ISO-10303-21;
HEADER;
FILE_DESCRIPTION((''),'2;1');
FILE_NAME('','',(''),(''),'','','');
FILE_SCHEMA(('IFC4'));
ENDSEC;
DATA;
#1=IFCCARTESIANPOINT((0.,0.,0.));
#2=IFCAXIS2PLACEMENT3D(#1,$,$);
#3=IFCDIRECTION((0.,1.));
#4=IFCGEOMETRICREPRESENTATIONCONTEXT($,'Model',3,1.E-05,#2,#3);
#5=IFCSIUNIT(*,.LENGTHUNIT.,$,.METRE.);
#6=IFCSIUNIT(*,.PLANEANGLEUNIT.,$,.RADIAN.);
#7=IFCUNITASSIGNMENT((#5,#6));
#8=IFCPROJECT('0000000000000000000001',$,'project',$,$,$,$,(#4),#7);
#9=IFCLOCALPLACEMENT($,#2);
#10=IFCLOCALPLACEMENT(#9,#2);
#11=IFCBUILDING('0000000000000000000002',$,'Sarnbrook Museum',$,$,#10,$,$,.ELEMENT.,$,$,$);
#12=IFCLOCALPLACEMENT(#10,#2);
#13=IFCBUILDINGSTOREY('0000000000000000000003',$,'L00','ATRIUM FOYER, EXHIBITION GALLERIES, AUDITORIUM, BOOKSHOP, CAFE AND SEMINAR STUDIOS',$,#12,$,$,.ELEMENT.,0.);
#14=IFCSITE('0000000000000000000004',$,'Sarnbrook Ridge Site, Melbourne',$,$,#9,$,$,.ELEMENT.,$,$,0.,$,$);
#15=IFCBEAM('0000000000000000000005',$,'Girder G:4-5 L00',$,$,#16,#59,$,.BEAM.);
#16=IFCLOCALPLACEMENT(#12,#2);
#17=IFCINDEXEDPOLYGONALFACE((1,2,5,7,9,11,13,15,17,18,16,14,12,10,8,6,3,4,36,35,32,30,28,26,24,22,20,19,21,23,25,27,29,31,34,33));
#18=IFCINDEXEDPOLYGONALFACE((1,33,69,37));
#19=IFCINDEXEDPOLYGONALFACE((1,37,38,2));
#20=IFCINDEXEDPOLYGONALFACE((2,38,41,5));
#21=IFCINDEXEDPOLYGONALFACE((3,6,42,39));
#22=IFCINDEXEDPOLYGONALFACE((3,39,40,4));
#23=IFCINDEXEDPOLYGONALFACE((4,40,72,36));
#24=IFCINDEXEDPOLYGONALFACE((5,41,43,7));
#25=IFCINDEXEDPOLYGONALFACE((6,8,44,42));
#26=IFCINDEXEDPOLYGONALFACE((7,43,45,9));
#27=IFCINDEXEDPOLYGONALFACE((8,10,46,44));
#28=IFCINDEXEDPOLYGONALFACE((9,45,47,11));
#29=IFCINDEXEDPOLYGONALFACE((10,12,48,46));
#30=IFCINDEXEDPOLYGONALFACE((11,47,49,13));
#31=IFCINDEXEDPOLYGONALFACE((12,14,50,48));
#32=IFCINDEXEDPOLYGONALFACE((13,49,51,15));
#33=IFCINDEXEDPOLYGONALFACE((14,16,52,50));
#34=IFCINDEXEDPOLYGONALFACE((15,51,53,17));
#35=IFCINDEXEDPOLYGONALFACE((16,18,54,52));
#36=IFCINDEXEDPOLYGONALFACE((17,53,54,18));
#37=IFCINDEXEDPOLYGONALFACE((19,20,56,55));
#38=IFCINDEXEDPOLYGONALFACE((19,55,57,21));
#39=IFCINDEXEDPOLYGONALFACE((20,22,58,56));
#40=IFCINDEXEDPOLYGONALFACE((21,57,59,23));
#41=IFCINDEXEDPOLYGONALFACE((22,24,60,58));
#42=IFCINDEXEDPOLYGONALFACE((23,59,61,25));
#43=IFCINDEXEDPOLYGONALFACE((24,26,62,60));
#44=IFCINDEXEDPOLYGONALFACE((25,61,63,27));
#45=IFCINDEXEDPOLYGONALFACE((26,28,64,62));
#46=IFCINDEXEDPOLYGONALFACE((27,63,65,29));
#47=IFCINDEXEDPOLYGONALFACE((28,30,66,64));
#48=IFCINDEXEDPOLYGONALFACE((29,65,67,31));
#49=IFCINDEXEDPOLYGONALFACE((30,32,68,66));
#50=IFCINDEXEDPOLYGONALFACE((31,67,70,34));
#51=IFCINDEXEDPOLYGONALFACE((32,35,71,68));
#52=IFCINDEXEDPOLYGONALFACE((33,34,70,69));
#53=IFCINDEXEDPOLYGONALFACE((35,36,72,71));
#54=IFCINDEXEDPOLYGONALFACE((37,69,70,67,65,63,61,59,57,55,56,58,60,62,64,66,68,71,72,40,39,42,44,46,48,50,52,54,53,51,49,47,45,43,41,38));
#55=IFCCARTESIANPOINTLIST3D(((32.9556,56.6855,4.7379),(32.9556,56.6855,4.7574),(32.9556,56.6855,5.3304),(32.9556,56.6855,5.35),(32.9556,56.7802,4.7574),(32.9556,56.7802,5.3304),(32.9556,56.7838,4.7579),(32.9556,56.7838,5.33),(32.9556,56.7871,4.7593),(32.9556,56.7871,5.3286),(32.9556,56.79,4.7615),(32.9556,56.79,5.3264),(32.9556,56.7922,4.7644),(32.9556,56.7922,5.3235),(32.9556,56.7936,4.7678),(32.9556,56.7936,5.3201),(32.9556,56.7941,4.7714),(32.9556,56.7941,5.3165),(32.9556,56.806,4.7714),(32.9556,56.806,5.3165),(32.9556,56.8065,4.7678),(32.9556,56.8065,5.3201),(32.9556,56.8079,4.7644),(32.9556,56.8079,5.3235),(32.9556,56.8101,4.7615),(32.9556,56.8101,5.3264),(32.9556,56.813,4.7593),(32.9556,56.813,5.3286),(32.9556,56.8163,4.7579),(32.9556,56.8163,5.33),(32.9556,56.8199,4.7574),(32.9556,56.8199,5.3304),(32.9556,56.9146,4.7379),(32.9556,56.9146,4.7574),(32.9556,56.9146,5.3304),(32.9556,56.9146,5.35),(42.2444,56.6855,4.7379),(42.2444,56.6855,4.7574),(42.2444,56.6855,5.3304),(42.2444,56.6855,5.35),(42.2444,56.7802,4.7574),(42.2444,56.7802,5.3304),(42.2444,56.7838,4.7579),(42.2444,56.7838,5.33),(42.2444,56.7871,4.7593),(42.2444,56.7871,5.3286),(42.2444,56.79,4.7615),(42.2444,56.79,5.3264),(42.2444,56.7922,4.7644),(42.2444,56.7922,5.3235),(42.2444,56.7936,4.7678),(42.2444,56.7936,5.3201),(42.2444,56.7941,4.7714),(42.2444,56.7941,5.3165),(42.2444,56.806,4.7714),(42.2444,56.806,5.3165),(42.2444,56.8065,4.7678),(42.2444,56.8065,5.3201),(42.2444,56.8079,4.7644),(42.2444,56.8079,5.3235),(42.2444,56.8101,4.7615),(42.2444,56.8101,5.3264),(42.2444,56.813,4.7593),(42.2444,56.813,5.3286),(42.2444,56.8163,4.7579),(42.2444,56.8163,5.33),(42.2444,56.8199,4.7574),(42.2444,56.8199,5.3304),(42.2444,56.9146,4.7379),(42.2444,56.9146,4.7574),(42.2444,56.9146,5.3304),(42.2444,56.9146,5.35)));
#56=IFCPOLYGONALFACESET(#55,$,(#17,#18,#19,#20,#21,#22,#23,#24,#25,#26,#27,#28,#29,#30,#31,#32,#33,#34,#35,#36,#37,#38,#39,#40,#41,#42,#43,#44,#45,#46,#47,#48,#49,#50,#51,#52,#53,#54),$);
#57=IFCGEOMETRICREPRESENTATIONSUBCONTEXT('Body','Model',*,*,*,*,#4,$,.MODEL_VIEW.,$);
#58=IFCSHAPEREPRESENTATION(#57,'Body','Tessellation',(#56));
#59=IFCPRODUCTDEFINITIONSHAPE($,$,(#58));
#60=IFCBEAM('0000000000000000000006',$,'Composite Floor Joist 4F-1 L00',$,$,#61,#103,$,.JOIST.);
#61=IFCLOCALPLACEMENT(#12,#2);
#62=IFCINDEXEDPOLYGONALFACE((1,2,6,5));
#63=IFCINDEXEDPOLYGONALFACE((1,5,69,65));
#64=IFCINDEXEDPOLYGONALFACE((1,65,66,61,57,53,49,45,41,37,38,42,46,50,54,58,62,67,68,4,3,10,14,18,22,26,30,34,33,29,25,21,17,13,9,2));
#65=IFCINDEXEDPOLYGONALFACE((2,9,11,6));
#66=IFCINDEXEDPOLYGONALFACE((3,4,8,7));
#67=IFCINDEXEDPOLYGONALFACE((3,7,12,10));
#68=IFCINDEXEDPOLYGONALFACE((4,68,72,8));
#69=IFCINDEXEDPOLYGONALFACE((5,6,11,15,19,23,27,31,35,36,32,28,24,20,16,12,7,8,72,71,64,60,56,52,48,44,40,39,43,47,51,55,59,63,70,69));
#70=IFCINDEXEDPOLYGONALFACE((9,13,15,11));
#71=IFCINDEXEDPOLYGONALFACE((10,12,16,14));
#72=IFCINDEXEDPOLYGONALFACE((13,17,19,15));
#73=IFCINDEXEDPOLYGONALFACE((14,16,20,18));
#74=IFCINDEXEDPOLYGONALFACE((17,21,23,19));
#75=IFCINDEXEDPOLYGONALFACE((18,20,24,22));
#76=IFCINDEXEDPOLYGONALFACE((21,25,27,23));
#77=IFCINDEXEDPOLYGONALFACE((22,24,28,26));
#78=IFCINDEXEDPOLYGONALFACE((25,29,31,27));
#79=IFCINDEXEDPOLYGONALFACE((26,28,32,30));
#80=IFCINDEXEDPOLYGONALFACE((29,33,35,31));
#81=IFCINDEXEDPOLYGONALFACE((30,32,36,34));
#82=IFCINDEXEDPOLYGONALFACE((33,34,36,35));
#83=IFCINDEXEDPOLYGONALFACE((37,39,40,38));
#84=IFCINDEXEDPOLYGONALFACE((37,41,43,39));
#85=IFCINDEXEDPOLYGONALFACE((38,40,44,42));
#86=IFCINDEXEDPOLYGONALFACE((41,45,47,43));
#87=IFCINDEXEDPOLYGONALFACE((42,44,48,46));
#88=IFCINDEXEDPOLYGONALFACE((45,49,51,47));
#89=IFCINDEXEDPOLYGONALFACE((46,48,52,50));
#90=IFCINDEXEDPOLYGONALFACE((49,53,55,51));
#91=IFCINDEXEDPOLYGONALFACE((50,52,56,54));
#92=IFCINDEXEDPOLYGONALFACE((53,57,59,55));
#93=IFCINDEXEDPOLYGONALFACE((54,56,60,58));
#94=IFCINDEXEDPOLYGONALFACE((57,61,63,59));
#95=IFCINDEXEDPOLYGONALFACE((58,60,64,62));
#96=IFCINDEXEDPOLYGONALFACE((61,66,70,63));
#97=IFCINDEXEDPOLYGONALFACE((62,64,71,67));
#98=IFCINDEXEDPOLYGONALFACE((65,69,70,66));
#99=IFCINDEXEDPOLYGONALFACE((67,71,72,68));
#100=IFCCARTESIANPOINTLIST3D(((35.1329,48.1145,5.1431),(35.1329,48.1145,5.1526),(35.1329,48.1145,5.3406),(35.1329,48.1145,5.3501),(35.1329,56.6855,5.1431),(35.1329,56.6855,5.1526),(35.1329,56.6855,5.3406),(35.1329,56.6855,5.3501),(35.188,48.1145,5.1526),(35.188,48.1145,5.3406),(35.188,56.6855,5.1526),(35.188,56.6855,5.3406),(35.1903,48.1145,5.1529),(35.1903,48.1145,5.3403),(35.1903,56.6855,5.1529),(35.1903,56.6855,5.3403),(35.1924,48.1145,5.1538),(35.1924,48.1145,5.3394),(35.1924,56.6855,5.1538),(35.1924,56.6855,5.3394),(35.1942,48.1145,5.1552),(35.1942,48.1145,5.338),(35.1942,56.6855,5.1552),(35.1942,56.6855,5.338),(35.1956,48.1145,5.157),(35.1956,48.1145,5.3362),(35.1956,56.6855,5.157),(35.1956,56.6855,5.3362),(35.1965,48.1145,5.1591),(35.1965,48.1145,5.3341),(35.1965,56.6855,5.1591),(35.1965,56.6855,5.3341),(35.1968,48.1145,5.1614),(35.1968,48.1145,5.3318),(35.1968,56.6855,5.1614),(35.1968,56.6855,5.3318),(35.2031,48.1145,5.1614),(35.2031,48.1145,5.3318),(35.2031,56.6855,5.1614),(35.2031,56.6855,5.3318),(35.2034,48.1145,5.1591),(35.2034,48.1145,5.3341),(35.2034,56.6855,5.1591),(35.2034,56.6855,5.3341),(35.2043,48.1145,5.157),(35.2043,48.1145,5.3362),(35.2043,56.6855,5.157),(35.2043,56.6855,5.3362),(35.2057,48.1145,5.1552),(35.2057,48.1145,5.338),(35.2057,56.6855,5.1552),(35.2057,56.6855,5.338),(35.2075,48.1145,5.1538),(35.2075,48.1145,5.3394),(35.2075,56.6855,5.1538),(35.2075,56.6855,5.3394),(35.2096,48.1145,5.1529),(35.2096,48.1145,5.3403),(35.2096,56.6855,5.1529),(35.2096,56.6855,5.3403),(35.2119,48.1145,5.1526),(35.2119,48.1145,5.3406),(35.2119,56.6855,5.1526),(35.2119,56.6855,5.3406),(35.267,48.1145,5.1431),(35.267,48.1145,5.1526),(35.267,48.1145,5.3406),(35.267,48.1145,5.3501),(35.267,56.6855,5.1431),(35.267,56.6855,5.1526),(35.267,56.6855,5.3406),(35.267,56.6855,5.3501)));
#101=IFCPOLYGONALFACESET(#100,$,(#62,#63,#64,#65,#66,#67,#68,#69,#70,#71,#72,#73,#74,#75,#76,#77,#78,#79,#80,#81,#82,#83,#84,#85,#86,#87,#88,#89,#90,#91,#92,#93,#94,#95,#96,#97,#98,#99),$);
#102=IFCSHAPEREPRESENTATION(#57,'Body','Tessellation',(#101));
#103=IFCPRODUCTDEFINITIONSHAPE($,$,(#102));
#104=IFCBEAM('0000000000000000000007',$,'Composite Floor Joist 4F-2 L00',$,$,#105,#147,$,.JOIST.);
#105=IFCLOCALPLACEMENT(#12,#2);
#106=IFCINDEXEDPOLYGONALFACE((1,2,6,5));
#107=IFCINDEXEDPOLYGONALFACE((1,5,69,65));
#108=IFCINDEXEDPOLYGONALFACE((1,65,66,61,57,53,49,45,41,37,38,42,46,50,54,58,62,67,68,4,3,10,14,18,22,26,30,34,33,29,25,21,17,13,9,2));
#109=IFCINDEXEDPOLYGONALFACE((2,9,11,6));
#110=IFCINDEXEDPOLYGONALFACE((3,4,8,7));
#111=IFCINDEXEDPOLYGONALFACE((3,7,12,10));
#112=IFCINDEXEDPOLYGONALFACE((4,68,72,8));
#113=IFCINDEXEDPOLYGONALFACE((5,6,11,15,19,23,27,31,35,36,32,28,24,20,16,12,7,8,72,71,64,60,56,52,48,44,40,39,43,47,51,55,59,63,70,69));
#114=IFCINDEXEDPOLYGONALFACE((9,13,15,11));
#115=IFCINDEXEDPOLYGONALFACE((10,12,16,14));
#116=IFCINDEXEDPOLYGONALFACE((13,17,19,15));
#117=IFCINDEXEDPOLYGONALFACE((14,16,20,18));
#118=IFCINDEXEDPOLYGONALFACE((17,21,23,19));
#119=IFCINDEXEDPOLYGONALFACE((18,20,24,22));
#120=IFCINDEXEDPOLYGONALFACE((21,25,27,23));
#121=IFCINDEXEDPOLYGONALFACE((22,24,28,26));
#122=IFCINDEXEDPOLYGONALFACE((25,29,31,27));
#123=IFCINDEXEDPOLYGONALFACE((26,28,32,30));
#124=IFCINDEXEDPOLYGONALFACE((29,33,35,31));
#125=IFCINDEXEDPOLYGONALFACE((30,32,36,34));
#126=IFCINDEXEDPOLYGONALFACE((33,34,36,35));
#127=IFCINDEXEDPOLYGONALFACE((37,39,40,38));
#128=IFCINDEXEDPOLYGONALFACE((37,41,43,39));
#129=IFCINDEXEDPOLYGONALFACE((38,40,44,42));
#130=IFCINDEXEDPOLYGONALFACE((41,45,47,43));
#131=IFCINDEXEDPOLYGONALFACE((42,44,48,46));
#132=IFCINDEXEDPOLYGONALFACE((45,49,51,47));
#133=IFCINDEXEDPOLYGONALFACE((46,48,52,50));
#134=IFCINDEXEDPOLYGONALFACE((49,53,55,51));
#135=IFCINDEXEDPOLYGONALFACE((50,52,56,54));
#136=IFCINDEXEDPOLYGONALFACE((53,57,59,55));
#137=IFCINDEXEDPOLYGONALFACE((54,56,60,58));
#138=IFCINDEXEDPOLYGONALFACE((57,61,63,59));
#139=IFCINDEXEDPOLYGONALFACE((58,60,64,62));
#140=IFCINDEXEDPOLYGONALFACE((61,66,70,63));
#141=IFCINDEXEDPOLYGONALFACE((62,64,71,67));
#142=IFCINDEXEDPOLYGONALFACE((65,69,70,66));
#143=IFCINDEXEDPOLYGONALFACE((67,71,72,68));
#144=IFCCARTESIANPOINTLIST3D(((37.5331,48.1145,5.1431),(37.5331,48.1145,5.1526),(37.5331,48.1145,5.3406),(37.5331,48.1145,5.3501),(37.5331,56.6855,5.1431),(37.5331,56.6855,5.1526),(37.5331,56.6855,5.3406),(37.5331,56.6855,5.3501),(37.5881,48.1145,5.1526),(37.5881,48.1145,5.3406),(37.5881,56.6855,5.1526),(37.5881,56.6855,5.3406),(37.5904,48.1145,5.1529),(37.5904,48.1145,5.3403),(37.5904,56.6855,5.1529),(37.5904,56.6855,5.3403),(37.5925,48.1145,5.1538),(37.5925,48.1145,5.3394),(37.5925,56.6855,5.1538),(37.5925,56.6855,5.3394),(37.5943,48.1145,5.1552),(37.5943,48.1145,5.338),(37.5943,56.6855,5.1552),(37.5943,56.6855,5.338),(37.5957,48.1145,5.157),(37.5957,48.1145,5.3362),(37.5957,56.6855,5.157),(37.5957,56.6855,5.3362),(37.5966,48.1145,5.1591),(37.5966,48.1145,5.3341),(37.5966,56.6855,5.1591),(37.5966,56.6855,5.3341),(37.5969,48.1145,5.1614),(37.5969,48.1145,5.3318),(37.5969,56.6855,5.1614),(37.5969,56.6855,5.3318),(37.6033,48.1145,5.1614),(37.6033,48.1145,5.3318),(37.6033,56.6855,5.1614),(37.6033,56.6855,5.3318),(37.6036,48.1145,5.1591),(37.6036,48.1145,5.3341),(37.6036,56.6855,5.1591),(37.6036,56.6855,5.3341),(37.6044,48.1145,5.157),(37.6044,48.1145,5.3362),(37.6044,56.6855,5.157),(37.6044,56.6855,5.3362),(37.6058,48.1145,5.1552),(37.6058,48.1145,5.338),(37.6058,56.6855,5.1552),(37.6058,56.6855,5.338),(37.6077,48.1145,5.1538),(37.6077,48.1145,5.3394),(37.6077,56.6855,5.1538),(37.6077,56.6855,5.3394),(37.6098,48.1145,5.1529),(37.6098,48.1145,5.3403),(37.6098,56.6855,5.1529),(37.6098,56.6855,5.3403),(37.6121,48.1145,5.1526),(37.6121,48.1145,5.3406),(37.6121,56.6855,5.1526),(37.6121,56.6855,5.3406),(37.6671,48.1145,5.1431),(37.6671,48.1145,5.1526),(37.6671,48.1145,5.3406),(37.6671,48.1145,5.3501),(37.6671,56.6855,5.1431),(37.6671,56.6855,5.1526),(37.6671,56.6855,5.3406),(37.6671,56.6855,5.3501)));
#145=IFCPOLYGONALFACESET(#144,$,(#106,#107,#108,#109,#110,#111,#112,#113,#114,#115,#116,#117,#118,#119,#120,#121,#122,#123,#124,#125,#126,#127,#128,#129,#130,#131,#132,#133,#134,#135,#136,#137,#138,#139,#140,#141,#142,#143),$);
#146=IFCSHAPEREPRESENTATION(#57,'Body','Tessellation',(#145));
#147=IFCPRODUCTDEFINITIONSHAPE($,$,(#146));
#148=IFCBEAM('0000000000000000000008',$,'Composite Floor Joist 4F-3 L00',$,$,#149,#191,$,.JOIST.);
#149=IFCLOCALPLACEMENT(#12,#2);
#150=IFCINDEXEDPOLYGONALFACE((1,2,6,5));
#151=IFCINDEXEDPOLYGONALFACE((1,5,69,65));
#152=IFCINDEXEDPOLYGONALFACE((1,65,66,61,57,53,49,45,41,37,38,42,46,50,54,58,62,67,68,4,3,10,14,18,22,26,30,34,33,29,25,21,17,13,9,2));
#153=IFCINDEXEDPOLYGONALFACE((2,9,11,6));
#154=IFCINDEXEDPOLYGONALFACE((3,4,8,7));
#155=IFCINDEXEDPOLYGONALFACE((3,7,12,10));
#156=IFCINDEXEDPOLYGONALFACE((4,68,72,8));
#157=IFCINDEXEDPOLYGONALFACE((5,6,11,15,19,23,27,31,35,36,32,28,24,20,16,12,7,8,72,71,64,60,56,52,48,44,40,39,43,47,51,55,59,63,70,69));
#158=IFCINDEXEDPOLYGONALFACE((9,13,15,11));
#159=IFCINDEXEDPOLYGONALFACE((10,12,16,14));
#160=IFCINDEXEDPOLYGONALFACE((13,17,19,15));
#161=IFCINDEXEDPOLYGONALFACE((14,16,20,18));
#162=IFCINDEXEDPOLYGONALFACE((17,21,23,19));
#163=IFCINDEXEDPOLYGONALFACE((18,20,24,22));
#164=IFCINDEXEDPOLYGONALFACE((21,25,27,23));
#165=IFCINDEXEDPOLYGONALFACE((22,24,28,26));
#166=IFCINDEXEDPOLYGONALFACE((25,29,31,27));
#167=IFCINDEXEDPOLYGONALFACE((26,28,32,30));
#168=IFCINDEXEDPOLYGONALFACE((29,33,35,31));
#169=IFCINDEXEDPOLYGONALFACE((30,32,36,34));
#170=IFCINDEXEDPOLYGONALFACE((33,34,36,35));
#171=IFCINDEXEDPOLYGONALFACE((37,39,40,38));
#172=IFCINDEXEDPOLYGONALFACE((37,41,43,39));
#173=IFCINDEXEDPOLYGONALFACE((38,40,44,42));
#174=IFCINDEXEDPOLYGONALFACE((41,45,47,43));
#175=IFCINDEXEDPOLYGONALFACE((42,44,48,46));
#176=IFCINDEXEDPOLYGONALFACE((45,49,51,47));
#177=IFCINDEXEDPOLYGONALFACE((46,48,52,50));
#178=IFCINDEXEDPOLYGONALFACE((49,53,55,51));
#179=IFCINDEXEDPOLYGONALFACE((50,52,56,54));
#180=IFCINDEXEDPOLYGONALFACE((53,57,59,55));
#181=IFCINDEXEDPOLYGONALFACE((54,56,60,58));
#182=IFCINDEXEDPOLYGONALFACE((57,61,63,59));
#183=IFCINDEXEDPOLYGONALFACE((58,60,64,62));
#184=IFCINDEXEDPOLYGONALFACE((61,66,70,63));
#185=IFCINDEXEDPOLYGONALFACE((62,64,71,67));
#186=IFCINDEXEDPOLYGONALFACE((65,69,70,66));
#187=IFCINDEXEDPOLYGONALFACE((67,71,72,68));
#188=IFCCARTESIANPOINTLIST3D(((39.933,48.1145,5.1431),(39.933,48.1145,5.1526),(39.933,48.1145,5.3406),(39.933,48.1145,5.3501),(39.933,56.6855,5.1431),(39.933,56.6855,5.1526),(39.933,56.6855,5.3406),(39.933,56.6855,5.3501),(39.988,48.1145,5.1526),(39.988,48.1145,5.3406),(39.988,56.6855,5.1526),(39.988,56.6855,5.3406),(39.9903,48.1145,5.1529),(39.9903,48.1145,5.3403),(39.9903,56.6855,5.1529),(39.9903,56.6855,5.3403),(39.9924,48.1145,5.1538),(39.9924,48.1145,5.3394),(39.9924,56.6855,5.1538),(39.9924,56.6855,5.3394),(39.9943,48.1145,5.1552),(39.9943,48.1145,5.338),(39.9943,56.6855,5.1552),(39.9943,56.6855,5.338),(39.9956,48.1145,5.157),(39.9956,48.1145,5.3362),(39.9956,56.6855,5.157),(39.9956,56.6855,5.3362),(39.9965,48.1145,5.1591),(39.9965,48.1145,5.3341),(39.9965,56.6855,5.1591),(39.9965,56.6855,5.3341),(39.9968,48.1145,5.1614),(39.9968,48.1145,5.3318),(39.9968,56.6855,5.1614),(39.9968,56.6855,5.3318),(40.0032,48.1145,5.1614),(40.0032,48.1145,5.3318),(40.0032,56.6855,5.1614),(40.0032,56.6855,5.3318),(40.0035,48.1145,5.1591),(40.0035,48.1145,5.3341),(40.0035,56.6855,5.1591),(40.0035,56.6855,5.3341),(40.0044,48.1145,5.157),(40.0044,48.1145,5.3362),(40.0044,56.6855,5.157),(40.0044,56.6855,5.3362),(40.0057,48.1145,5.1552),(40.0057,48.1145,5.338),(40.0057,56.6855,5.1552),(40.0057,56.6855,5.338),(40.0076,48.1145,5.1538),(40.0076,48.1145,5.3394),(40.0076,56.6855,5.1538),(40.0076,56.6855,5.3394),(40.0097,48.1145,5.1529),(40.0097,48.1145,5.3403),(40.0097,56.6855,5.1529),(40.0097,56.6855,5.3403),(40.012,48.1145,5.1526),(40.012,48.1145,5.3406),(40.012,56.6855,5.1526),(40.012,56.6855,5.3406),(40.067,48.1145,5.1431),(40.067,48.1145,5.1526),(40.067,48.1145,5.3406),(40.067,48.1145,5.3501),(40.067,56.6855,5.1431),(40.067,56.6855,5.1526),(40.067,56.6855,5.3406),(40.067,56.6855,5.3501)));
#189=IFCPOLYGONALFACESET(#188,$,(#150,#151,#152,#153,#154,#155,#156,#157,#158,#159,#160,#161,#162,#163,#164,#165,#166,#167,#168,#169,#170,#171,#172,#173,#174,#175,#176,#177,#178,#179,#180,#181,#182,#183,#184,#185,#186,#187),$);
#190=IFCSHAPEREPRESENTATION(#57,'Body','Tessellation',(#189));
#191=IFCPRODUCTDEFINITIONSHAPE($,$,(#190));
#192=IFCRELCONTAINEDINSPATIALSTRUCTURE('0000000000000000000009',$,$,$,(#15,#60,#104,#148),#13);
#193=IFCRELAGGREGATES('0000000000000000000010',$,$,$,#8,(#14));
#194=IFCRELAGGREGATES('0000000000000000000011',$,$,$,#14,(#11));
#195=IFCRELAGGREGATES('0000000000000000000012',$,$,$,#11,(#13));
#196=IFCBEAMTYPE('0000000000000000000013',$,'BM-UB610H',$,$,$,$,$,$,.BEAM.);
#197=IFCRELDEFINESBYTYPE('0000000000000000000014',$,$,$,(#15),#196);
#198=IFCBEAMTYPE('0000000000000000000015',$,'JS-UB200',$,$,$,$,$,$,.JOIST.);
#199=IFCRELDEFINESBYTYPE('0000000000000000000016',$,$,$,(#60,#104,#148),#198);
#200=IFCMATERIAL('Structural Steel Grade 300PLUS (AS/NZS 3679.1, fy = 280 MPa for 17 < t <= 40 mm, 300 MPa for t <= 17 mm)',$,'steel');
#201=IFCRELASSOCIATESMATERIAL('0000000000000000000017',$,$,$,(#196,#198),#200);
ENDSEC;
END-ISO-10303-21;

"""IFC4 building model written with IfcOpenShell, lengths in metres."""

from ifc_helpers import new_model, si_unit, direction, frame, origin, origin_2d, place, context, subcontext, project, spatial, i_section, extrude, material, material_profile, profile_set, type_object, element, save


model = new_model("IFC4")

# Units and contexts
model_context = context("Model", 3, precision=1e-05, world=origin(), true_north=direction((0.0, 1.0)))
body_context = subcontext(model_context, "Body", "Model", "MODEL_VIEW")
ifc_project = project(units=[si_unit("LENGTHUNIT", "METRE"), si_unit("PLANEANGLEUNIT", "RADIAN")], contexts=[model_context])

# Site, building, storey
site_placement = place(None, origin())
site = spatial("IfcSite", under=ifc_project, at=site_placement, Name="Sarnbrook Ridge Site, Melbourne", CompositionType="ELEMENT", RefElevation=0.0)
building_placement = place(site_placement, origin())
building = spatial("IfcBuilding", under=site, at=building_placement, Name="Sarnbrook Museum", CompositionType="ELEMENT")
storey_placement = place(building_placement, origin())
storey = spatial("IfcBuildingStorey", under=building, at=storey_placement, Name="L00", Description="ATRIUM FOYER, EXHIBITION GALLERIES, AUDITORIUM, BOOKSHOP, CAFE AND SEMINAR STUDIOS", CompositionType="ELEMENT", Elevation=0.0)

# Shared definitions
ifc_material = material(Name="Structural Steel Grade 300PLUS (AS/NZS 3679.1, fy = 280 MPa for 17 < t <= 40 mm, 300 MPa for t <= 17 mm)", Category="steel")

# Beams
ifc_material_profile_1 = material_profile(ifc_material, i_section(OverallWidth=0.229, OverallDepth=0.6121, WebThickness=0.012, FlangeThickness=0.0195, FilletRadius=0.0139, at=origin_2d()), Name="610UB125")
ifc_profile_set_1 = profile_set([ifc_material_profile_1], Name="Structural Steel Grade 300PLUS (AS/NZS 3679.1, fy = 280 MPa for 17 < t <= 40 mm, 300 MPa for t <= 17 mm)")
beam_type_1 = type_object("IfcBeamType", Name="BM-UB610H", PredefinedType="BEAM", material=ifc_profile_set_1)
for number, where, z_axis, x_axis, name in (
    (1, (32.9556, 56.8, 5.0439), (1.0, 0.0, 0.0), (0.0, 1.0, 0.0), "Girder G:4-5 L00"),
):
    element("IfcBeam", number, at=place(storey_placement, frame(where, z_axis=z_axis, x_axis=x_axis)), inside=storey, type_object=beam_type_1, Name=name, PredefinedType="BEAM", context=body_context, shape_type="SweptSolid", body=[
        extrude(i_section(OverallWidth=0.229, OverallDepth=0.6121, WebThickness=0.012, FlangeThickness=0.0195, FilletRadius=0.0139, at=origin_2d()), origin(), (0.0, 0.0, 1.0), 9.2888),
    ])
ifc_material_profile_2 = material_profile(ifc_material, i_section(OverallWidth=0.134, OverallDepth=0.207, WebThickness=0.0063, FlangeThickness=0.0095, FilletRadius=0.0088, at=origin_2d()), Name="200UB29.8")
ifc_profile_set_2 = profile_set([ifc_material_profile_2], Name="Structural Steel Grade 300PLUS (AS/NZS 3679.1, fy = 280 MPa for 17 < t <= 40 mm, 300 MPa for t <= 17 mm)")
beam_type_2 = type_object("IfcBeamType", Name="JS-UB200", PredefinedType="JOIST", material=ifc_profile_set_2)
for number, where, z_axis, x_axis, name in (
    (2, (35.2, 48.1145, 5.2466), (0.0, 1.0, 0.0), (-1.0, 0.0, 0.0), "Composite Floor Joist 4F-1 L00"),
    (3, (37.6001, 48.1145, 5.2466), (0.0, 1.0, 0.0), (-1.0, 0.0, 0.0), "Composite Floor Joist 4F-2 L00"),
    (4, (40.0, 48.1145, 5.2466), (0.0, 1.0, 0.0), (-1.0, 0.0, 0.0), "Composite Floor Joist 4F-3 L00"),
):
    element("IfcBeam", number, at=place(storey_placement, frame(where, z_axis=z_axis, x_axis=x_axis)), inside=storey, type_object=beam_type_2, Name=name, PredefinedType="JOIST", context=body_context, shape_type="SweptSolid", body=[
        extrude(i_section(OverallWidth=0.134, OverallDepth=0.207, WebThickness=0.0063, FlangeThickness=0.0095, FilletRadius=0.0088, at=origin_2d()), origin(), (0.0, 0.0, 1.0), 8.571),
    ])

save(model, "model.ifc")
